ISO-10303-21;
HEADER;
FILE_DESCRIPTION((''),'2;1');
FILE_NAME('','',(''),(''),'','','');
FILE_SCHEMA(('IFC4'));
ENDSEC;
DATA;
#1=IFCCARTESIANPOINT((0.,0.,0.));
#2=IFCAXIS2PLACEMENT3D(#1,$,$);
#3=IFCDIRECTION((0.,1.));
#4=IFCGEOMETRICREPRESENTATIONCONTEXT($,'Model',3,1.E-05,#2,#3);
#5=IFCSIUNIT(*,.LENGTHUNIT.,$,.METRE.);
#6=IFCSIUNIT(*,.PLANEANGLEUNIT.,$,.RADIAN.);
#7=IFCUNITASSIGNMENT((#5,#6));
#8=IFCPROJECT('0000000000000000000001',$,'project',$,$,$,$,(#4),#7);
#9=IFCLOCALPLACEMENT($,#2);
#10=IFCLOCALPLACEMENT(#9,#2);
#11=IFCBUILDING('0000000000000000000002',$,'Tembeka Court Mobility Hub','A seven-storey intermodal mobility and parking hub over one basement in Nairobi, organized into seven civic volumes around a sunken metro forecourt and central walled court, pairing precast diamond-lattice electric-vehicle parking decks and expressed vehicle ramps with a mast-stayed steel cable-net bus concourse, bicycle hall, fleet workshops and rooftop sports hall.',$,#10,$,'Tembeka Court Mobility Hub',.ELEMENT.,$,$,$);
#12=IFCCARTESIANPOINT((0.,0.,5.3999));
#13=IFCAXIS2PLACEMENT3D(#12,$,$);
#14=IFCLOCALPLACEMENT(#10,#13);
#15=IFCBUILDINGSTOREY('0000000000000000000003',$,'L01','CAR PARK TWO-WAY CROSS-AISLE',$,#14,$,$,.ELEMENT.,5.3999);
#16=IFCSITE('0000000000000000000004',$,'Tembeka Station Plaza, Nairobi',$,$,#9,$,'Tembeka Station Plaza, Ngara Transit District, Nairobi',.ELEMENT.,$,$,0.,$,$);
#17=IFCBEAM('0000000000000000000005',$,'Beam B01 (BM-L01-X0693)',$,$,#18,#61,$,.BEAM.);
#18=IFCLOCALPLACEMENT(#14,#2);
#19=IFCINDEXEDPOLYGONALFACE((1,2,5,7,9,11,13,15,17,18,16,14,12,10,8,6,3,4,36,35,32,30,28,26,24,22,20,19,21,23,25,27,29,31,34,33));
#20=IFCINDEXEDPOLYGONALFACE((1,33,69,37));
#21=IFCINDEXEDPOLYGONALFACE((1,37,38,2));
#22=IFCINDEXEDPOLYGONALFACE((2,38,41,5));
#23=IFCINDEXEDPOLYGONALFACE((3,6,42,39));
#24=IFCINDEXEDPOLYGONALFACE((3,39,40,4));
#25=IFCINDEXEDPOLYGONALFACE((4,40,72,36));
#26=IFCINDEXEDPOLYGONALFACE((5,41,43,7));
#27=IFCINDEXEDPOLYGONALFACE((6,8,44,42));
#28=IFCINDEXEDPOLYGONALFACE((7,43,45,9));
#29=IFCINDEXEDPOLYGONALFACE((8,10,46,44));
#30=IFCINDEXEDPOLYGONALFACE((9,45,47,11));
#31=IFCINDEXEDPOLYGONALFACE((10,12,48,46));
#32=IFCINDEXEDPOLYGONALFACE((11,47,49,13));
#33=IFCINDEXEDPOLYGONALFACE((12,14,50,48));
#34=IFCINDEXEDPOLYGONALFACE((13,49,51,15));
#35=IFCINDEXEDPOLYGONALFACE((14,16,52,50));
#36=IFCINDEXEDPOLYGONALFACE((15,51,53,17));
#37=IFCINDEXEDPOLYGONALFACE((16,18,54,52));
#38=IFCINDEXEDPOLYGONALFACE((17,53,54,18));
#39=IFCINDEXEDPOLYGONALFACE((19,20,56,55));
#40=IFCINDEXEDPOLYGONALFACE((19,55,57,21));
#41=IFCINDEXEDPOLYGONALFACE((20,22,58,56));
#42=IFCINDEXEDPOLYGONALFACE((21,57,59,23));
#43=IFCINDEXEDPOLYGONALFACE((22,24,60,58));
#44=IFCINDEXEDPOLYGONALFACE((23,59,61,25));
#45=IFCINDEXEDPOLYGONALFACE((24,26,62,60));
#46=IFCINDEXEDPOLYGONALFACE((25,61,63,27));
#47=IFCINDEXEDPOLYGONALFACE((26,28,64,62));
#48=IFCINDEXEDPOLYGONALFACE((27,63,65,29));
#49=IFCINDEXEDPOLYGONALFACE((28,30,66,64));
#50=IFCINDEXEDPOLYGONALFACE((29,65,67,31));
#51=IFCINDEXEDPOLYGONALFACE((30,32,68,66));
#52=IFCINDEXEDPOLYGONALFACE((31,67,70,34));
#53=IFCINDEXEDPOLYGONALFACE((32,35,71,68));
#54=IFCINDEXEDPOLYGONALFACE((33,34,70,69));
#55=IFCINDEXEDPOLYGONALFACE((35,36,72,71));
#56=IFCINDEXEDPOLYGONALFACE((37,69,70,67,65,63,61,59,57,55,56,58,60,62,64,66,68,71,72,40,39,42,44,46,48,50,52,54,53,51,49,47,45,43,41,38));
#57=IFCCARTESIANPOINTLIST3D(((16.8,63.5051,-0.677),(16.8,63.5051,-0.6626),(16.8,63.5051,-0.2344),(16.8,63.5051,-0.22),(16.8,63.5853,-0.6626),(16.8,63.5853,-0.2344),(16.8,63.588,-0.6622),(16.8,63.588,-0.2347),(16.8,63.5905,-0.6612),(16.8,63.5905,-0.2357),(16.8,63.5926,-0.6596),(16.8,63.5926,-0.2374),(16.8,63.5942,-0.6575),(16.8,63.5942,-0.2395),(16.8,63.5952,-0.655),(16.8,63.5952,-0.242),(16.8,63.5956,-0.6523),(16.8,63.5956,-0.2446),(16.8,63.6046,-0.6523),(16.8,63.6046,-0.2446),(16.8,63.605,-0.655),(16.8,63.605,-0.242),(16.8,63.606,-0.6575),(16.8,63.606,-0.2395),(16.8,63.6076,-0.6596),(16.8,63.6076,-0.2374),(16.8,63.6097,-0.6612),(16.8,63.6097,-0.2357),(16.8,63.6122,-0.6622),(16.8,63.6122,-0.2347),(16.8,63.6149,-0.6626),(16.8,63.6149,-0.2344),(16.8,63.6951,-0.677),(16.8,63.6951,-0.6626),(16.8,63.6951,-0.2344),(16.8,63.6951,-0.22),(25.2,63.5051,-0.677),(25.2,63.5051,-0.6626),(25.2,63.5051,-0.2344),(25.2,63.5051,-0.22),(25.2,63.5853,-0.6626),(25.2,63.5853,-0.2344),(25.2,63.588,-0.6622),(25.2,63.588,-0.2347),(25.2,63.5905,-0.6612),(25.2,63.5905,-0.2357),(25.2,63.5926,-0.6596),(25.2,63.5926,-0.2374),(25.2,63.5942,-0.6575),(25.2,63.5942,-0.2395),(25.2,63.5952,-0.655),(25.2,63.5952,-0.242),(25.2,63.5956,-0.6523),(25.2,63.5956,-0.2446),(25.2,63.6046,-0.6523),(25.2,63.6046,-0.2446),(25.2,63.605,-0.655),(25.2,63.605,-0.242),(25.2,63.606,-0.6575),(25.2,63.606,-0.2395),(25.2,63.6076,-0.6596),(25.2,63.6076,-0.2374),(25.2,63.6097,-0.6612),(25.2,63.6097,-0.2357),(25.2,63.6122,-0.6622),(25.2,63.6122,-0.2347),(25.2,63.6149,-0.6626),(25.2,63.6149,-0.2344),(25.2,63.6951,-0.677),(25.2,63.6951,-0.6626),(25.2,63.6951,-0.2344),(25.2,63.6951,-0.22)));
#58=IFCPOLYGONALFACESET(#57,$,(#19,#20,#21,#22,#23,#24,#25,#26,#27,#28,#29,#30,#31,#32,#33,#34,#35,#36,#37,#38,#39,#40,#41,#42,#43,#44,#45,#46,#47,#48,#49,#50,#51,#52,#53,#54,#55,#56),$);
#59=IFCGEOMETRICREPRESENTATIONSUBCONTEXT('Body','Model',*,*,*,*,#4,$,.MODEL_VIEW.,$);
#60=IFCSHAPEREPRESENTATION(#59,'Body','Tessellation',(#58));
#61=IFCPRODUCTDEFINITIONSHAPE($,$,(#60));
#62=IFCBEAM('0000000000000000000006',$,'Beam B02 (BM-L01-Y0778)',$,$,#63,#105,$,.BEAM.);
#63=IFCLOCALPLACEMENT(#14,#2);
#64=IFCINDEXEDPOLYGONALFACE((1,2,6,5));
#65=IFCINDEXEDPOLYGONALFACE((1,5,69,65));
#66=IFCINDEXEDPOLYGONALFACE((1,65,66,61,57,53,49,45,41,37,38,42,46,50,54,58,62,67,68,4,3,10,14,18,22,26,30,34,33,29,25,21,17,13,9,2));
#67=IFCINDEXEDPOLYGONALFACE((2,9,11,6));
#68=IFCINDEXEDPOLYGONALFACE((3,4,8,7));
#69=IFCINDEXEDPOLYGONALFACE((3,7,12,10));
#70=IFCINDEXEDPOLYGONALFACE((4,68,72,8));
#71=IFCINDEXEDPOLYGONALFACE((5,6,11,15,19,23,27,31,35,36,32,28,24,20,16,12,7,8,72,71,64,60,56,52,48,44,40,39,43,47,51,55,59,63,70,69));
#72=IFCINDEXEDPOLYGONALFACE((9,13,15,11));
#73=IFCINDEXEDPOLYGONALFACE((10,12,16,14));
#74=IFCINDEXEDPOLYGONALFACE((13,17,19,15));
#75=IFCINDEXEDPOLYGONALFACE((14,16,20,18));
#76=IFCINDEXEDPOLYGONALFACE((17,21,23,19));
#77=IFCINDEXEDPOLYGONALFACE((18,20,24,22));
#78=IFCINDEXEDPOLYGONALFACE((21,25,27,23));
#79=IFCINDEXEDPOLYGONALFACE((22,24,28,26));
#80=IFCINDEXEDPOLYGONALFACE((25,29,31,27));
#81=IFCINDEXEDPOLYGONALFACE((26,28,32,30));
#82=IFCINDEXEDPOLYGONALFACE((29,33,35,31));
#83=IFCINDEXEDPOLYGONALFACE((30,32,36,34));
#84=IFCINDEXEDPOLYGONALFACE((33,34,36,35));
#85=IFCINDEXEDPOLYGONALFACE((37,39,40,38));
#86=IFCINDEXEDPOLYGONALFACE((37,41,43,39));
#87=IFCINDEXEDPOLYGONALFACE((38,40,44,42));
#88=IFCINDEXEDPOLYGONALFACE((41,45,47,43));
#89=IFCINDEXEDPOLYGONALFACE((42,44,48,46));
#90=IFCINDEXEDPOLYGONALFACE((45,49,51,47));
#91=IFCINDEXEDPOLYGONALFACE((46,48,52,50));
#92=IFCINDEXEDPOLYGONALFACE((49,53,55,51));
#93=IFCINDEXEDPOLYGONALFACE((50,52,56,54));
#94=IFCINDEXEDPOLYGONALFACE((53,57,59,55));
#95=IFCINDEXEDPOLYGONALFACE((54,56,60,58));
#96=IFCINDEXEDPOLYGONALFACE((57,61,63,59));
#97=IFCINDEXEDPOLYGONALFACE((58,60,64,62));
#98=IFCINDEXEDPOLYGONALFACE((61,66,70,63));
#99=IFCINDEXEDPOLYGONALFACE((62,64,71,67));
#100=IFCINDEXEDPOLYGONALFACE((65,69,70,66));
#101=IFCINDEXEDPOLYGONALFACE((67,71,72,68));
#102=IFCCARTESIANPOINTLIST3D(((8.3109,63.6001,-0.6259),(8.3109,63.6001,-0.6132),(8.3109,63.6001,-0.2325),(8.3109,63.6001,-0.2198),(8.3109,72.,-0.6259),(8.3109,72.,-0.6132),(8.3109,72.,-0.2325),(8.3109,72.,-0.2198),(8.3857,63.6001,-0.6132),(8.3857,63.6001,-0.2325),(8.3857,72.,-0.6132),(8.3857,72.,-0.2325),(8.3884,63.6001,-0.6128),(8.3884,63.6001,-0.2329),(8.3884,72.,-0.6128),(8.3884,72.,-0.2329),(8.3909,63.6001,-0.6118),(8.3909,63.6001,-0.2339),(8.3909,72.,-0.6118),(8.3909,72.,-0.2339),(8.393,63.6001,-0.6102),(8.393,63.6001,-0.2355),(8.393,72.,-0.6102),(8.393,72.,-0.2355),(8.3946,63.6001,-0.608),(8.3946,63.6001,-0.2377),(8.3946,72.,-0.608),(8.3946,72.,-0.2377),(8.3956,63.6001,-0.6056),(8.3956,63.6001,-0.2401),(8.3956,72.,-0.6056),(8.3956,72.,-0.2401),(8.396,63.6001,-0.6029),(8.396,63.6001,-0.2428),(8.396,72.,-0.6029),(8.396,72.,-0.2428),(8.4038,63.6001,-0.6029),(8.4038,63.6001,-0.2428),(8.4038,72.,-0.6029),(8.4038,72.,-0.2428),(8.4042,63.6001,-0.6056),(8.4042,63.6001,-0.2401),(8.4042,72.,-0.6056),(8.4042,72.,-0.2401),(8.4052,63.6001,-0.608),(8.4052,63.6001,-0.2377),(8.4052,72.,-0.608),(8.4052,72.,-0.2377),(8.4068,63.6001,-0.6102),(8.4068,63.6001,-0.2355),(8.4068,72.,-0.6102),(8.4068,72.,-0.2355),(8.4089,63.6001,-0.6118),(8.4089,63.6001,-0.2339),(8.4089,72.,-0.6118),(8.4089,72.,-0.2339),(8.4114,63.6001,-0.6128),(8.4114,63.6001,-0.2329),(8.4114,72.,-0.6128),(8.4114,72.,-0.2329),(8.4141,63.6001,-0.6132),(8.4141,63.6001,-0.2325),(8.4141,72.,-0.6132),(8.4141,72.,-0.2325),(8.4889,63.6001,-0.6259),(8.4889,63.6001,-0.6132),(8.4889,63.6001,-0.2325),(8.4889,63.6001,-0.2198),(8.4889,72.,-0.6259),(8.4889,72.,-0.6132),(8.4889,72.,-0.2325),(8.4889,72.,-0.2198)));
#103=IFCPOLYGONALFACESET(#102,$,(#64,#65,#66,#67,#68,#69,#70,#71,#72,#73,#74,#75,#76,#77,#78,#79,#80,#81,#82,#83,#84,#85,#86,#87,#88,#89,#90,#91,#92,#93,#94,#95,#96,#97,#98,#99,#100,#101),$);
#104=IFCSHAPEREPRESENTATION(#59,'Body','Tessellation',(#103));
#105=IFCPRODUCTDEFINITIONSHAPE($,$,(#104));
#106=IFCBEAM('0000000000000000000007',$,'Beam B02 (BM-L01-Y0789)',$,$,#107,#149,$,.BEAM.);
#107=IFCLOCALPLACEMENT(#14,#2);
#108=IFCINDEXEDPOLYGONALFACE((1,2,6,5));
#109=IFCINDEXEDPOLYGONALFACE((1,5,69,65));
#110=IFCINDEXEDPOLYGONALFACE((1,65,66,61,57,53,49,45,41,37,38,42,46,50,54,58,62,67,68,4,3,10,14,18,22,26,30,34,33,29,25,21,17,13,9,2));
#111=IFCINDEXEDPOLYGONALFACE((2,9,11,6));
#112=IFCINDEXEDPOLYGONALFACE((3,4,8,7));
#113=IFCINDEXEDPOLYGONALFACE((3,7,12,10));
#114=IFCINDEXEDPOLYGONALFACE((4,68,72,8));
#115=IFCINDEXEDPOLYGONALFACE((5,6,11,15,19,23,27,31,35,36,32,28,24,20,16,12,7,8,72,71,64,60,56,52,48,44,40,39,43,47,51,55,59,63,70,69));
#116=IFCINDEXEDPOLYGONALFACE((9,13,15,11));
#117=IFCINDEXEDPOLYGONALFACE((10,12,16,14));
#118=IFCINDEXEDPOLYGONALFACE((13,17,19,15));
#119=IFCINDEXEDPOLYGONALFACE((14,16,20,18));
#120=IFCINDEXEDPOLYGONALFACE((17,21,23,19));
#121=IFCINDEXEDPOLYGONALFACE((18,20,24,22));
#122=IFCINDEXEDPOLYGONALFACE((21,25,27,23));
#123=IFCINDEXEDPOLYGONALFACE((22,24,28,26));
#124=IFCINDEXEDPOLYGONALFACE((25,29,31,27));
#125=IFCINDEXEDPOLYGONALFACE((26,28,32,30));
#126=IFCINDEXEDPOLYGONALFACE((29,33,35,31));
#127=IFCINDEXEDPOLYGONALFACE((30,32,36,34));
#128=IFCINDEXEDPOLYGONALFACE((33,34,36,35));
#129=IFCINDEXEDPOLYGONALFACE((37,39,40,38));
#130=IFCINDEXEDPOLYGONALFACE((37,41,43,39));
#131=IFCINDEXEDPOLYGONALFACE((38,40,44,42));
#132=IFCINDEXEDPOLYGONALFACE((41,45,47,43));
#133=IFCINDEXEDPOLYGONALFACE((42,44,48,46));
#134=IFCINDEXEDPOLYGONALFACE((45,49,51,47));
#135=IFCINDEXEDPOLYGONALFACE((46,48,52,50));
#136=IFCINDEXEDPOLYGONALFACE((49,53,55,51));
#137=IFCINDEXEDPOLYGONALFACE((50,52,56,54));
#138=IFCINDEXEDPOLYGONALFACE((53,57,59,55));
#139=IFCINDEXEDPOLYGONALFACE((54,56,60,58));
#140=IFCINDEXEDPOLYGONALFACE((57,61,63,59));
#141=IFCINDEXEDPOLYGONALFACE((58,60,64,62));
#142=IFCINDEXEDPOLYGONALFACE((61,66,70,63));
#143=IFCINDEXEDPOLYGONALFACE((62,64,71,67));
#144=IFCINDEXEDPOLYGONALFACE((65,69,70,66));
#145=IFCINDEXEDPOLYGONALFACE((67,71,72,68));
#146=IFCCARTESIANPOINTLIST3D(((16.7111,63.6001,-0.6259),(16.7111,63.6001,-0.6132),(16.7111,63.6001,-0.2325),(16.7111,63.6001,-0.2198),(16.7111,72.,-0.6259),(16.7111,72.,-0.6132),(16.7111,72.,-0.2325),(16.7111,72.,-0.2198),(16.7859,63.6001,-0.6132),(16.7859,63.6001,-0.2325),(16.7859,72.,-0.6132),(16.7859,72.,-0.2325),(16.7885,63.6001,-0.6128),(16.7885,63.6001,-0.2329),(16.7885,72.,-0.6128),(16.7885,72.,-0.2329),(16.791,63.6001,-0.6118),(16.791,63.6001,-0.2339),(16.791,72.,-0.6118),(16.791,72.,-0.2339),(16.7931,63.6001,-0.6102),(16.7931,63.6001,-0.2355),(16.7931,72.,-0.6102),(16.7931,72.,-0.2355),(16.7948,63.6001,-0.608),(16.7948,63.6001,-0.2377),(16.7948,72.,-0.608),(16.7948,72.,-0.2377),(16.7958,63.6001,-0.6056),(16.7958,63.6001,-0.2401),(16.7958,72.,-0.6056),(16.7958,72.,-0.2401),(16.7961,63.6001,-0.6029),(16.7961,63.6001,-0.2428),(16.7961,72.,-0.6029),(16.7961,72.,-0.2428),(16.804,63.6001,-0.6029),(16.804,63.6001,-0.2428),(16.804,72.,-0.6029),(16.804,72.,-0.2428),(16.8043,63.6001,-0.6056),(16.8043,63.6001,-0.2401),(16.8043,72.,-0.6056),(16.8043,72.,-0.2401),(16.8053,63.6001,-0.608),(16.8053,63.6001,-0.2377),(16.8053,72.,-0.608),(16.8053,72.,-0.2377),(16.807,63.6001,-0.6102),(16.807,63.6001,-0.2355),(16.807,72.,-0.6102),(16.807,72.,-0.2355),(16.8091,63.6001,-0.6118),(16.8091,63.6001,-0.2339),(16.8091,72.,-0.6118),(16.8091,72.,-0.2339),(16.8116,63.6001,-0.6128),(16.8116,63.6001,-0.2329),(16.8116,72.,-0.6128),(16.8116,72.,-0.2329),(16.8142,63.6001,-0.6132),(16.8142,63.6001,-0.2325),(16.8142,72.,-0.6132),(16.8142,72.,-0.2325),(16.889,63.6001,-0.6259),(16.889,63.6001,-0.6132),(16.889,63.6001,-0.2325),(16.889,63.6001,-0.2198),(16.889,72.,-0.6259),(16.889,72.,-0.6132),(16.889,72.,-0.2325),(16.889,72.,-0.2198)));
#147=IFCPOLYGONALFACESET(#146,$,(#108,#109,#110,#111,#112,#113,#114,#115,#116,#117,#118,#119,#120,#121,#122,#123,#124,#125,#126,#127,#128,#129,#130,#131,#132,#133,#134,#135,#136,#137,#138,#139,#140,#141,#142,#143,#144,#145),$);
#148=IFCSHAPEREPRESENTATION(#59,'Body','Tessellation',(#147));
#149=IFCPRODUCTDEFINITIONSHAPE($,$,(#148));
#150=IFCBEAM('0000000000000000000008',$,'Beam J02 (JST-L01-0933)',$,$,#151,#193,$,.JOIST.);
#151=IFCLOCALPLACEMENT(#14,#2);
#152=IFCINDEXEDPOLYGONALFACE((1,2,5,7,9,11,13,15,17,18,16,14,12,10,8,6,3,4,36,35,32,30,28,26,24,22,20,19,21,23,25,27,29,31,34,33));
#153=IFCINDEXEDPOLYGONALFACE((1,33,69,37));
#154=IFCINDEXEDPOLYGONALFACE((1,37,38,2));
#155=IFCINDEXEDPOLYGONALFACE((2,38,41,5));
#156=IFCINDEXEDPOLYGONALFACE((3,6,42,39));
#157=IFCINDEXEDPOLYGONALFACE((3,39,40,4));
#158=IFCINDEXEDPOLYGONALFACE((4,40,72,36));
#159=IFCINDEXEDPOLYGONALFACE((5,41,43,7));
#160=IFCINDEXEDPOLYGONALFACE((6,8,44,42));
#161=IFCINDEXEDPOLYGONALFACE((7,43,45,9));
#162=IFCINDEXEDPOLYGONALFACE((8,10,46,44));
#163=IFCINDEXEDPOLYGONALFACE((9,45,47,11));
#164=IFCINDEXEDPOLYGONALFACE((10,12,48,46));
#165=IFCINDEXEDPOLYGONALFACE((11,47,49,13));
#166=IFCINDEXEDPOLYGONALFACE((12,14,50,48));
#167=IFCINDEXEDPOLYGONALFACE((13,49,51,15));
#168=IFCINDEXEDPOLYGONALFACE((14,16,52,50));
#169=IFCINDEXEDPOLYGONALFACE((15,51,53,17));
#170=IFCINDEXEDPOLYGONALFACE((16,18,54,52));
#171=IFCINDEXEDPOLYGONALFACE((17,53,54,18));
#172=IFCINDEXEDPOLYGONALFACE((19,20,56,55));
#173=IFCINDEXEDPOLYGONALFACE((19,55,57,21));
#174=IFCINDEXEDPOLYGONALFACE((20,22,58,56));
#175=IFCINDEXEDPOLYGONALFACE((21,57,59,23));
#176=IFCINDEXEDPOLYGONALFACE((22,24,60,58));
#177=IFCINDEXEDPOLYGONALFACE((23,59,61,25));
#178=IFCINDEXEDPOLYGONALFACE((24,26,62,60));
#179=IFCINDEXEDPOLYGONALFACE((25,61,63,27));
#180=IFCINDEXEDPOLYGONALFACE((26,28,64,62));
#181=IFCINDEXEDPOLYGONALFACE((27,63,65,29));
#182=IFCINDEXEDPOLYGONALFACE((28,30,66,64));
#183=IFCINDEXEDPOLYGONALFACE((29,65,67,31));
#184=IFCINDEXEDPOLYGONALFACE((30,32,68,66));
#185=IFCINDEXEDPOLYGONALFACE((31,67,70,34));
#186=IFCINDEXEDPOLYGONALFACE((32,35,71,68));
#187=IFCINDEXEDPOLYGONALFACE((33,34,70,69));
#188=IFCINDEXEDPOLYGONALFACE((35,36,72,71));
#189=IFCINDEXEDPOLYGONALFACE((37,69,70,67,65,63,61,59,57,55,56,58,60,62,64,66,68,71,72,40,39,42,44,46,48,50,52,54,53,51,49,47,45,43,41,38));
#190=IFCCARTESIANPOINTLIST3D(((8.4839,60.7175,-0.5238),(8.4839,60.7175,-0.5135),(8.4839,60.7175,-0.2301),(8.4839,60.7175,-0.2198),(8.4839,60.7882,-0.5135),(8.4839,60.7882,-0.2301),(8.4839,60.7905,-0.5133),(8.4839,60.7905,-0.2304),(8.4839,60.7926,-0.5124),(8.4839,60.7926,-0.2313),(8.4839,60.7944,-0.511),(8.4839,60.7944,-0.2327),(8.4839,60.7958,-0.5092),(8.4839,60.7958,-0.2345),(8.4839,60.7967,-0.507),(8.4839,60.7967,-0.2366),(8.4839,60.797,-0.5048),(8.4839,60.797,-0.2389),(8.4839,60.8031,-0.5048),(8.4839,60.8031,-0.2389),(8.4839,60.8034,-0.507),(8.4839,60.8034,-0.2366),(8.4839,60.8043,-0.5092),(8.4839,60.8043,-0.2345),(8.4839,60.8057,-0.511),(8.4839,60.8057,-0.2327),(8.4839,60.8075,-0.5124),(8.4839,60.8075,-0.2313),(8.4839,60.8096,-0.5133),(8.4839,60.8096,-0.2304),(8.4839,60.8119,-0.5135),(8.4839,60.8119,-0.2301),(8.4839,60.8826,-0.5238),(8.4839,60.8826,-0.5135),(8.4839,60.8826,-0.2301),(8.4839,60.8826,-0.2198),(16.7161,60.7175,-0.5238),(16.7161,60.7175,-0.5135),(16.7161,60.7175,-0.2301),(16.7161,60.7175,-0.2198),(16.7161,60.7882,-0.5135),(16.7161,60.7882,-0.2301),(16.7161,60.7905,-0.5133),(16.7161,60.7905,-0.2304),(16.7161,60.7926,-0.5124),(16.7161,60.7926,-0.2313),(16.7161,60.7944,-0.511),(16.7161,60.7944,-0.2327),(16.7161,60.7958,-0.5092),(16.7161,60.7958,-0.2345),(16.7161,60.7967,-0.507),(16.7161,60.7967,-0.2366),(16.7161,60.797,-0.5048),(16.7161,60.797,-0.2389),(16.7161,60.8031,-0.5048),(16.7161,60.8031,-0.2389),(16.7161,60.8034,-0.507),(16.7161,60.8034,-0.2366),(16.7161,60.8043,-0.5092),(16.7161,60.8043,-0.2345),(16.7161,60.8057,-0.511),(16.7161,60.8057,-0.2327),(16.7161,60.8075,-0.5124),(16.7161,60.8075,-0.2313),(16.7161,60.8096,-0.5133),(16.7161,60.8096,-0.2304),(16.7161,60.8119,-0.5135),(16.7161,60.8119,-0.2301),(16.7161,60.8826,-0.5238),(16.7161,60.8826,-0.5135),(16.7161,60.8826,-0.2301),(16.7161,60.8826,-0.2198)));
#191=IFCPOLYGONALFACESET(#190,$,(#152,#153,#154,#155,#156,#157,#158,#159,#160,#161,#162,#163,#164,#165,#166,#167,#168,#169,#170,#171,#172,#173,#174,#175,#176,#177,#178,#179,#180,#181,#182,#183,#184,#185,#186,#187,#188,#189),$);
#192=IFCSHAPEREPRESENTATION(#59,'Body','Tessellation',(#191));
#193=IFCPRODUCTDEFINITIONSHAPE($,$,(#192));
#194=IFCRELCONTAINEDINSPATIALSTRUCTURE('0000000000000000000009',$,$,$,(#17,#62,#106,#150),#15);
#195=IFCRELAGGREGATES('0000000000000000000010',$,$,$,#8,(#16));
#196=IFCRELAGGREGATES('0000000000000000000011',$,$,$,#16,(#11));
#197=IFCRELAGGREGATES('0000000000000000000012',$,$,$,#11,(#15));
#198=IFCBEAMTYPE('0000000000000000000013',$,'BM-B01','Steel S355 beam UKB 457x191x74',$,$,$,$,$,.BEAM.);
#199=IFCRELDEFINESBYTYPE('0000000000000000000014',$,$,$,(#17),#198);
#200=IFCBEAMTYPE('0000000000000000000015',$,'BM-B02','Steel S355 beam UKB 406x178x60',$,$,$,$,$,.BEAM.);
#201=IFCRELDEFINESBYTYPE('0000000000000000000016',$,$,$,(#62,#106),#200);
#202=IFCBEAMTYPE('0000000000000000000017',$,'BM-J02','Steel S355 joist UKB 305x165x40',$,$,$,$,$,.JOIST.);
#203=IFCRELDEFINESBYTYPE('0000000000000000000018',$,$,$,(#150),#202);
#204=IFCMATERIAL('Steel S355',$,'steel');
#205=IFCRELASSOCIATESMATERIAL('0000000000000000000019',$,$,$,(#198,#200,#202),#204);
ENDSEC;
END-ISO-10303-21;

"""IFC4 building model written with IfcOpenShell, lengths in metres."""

from ifc_helpers import new_model, si_unit, direction, frame, origin, origin_2d, place, context, subcontext, project, spatial, i_section, extrude, material, material_profile, profile_set, type_object, element, save


model = new_model("IFC4")

# Units and contexts
model_context = context("Model", 3, precision=1e-05, world=origin(), true_north=direction((0.0, 1.0)))
body_context = subcontext(model_context, "Body", "Model", "MODEL_VIEW")
ifc_project = project(units=[si_unit("LENGTHUNIT", "METRE"), si_unit("PLANEANGLEUNIT", "RADIAN")], contexts=[model_context])

# Site, building, storey
site_placement = place(None, origin())
site = spatial("IfcSite", under=ifc_project, at=site_placement, Name="Tembeka Station Plaza, Nairobi", LongName="Tembeka Station Plaza, Ngara Transit District, Nairobi", CompositionType="ELEMENT", RefElevation=0.0)
building_placement = place(site_placement, origin())
building = spatial("IfcBuilding", under=site, at=building_placement, Name="Tembeka Court Mobility Hub", Description="A seven-storey intermodal mobility and parking hub over one basement in Nairobi, organized into seven civic volumes around a sunken metro forecourt and central walled court, pairing precast diamond-lattice electric-vehicle parking decks and expressed vehicle ramps with a mast-stayed steel cable-net bus concourse, bicycle hall, fleet workshops and rooftop sports hall.", LongName="Tembeka Court Mobility Hub", CompositionType="ELEMENT")
storey_placement = place(building_placement, frame((0.0, 0.0, 5.3999)))
storey = spatial("IfcBuildingStorey", under=building, at=storey_placement, Name="L01", Description="CAR PARK TWO-WAY CROSS-AISLE", CompositionType="ELEMENT", Elevation=5.3999)

# Shared definitions
ifc_material_1 = material(Name="Steel S355", Category="steel")

# Beams
ifc_material_profile_1 = material_profile(ifc_material_1, i_section(OverallWidth=0.1899, OverallDepth=0.457, WebThickness=0.009, FlangeThickness=0.0144, FilletRadius=0.0103, at=origin_2d()), Name="UKB 457x191x74")
ifc_profile_set_1 = profile_set([ifc_material_profile_1], Name="Steel S355")
beam_type_1 = type_object("IfcBeamType", Name="BM-B01", Description="Steel S355 beam UKB 457x191x74", PredefinedType="BEAM", material=ifc_profile_set_1)
beam_1_placement = place(storey_placement, frame((16.8, 63.6001, -0.4485), z_axis=(1.0, 0.0, 0.0), x_axis=(0.0, 1.0, 0.0)))
element("IfcBeam", 1, at=beam_1_placement, inside=storey, type_object=beam_type_1, Name="Beam B01 (BM-L01-X0693)", PredefinedType="BEAM", context=body_context, shape_type="SweptSolid", body=[
    extrude(i_section(OverallWidth=0.1899, OverallDepth=0.457, WebThickness=0.009, FlangeThickness=0.0144, FilletRadius=0.0103, at=origin_2d()), origin(), (0.0, 0.0, 1.0), 8.3999),
])
ifc_material_profile_2 = material_profile(ifc_material_1, i_section(OverallWidth=0.178, OverallDepth=0.406, WebThickness=0.0078, FlangeThickness=0.0127, FilletRadius=0.0103, at=origin_2d()), Name="UKB 406x178x60")
ifc_profile_set_2 = profile_set([ifc_material_profile_2], Name="Steel S355")
beam_type_2 = type_object("IfcBeamType", Name="BM-B02", Description="Steel S355 beam UKB 406x178x60", PredefinedType="BEAM", material=ifc_profile_set_2)
for number, where, z_axis, x_axis, name in (
    (2, (8.3999, 63.6001, -0.4229), (0.0, 1.0, 0.0), (-1.0, 0.0, 0.0), "Beam B02 (BM-L01-Y0778)"),
    (3, (16.8, 63.6001, -0.4229), (0.0, 1.0, 0.0), (-1.0, 0.0, 0.0), "Beam B02 (BM-L01-Y0789)"),
):
    element("IfcBeam", number, at=place(storey_placement, frame(where, z_axis=z_axis, x_axis=x_axis)), inside=storey, type_object=beam_type_2, Name=name, PredefinedType="BEAM", context=body_context, shape_type="SweptSolid", body=[
        extrude(i_section(OverallWidth=0.178, OverallDepth=0.406, WebThickness=0.0078, FlangeThickness=0.0127, FilletRadius=0.0103, at=origin_2d()), origin(), (0.0, 0.0, 1.0), 8.3999),
    ])
ifc_material_profile_3 = material_profile(ifc_material_1, i_section(OverallWidth=0.165, OverallDepth=0.304, WebThickness=0.0061, FlangeThickness=0.0103, FilletRadius=0.0088, at=origin_2d()), Name="UKB 305x165x40")
ifc_profile_set_3 = profile_set([ifc_material_profile_3], Name="Steel S355")
beam_type_3 = type_object("IfcBeamType", Name="BM-J02", Description="Steel S355 joist UKB 305x165x40", PredefinedType="JOIST", material=ifc_profile_set_3)
for number, where, z_axis, x_axis, name in (
    (4, (8.4839, 60.8, -0.3718), (1.0, 0.0, 0.0), (0.0, 1.0, 0.0), "Beam J02 (JST-L01-0933)"),
):
    element("IfcBeam", number, at=place(storey_placement, frame(where, z_axis=z_axis, x_axis=x_axis)), inside=storey, type_object=beam_type_3, Name=name, PredefinedType="JOIST", context=body_context, shape_type="SweptSolid", body=[
        extrude(i_section(OverallWidth=0.165, OverallDepth=0.304, WebThickness=0.0061, FlangeThickness=0.0103, FilletRadius=0.0088, at=origin_2d()), origin(), (0.0, 0.0, 1.0), 8.2322),
    ])

save(model, "model.ifc")
